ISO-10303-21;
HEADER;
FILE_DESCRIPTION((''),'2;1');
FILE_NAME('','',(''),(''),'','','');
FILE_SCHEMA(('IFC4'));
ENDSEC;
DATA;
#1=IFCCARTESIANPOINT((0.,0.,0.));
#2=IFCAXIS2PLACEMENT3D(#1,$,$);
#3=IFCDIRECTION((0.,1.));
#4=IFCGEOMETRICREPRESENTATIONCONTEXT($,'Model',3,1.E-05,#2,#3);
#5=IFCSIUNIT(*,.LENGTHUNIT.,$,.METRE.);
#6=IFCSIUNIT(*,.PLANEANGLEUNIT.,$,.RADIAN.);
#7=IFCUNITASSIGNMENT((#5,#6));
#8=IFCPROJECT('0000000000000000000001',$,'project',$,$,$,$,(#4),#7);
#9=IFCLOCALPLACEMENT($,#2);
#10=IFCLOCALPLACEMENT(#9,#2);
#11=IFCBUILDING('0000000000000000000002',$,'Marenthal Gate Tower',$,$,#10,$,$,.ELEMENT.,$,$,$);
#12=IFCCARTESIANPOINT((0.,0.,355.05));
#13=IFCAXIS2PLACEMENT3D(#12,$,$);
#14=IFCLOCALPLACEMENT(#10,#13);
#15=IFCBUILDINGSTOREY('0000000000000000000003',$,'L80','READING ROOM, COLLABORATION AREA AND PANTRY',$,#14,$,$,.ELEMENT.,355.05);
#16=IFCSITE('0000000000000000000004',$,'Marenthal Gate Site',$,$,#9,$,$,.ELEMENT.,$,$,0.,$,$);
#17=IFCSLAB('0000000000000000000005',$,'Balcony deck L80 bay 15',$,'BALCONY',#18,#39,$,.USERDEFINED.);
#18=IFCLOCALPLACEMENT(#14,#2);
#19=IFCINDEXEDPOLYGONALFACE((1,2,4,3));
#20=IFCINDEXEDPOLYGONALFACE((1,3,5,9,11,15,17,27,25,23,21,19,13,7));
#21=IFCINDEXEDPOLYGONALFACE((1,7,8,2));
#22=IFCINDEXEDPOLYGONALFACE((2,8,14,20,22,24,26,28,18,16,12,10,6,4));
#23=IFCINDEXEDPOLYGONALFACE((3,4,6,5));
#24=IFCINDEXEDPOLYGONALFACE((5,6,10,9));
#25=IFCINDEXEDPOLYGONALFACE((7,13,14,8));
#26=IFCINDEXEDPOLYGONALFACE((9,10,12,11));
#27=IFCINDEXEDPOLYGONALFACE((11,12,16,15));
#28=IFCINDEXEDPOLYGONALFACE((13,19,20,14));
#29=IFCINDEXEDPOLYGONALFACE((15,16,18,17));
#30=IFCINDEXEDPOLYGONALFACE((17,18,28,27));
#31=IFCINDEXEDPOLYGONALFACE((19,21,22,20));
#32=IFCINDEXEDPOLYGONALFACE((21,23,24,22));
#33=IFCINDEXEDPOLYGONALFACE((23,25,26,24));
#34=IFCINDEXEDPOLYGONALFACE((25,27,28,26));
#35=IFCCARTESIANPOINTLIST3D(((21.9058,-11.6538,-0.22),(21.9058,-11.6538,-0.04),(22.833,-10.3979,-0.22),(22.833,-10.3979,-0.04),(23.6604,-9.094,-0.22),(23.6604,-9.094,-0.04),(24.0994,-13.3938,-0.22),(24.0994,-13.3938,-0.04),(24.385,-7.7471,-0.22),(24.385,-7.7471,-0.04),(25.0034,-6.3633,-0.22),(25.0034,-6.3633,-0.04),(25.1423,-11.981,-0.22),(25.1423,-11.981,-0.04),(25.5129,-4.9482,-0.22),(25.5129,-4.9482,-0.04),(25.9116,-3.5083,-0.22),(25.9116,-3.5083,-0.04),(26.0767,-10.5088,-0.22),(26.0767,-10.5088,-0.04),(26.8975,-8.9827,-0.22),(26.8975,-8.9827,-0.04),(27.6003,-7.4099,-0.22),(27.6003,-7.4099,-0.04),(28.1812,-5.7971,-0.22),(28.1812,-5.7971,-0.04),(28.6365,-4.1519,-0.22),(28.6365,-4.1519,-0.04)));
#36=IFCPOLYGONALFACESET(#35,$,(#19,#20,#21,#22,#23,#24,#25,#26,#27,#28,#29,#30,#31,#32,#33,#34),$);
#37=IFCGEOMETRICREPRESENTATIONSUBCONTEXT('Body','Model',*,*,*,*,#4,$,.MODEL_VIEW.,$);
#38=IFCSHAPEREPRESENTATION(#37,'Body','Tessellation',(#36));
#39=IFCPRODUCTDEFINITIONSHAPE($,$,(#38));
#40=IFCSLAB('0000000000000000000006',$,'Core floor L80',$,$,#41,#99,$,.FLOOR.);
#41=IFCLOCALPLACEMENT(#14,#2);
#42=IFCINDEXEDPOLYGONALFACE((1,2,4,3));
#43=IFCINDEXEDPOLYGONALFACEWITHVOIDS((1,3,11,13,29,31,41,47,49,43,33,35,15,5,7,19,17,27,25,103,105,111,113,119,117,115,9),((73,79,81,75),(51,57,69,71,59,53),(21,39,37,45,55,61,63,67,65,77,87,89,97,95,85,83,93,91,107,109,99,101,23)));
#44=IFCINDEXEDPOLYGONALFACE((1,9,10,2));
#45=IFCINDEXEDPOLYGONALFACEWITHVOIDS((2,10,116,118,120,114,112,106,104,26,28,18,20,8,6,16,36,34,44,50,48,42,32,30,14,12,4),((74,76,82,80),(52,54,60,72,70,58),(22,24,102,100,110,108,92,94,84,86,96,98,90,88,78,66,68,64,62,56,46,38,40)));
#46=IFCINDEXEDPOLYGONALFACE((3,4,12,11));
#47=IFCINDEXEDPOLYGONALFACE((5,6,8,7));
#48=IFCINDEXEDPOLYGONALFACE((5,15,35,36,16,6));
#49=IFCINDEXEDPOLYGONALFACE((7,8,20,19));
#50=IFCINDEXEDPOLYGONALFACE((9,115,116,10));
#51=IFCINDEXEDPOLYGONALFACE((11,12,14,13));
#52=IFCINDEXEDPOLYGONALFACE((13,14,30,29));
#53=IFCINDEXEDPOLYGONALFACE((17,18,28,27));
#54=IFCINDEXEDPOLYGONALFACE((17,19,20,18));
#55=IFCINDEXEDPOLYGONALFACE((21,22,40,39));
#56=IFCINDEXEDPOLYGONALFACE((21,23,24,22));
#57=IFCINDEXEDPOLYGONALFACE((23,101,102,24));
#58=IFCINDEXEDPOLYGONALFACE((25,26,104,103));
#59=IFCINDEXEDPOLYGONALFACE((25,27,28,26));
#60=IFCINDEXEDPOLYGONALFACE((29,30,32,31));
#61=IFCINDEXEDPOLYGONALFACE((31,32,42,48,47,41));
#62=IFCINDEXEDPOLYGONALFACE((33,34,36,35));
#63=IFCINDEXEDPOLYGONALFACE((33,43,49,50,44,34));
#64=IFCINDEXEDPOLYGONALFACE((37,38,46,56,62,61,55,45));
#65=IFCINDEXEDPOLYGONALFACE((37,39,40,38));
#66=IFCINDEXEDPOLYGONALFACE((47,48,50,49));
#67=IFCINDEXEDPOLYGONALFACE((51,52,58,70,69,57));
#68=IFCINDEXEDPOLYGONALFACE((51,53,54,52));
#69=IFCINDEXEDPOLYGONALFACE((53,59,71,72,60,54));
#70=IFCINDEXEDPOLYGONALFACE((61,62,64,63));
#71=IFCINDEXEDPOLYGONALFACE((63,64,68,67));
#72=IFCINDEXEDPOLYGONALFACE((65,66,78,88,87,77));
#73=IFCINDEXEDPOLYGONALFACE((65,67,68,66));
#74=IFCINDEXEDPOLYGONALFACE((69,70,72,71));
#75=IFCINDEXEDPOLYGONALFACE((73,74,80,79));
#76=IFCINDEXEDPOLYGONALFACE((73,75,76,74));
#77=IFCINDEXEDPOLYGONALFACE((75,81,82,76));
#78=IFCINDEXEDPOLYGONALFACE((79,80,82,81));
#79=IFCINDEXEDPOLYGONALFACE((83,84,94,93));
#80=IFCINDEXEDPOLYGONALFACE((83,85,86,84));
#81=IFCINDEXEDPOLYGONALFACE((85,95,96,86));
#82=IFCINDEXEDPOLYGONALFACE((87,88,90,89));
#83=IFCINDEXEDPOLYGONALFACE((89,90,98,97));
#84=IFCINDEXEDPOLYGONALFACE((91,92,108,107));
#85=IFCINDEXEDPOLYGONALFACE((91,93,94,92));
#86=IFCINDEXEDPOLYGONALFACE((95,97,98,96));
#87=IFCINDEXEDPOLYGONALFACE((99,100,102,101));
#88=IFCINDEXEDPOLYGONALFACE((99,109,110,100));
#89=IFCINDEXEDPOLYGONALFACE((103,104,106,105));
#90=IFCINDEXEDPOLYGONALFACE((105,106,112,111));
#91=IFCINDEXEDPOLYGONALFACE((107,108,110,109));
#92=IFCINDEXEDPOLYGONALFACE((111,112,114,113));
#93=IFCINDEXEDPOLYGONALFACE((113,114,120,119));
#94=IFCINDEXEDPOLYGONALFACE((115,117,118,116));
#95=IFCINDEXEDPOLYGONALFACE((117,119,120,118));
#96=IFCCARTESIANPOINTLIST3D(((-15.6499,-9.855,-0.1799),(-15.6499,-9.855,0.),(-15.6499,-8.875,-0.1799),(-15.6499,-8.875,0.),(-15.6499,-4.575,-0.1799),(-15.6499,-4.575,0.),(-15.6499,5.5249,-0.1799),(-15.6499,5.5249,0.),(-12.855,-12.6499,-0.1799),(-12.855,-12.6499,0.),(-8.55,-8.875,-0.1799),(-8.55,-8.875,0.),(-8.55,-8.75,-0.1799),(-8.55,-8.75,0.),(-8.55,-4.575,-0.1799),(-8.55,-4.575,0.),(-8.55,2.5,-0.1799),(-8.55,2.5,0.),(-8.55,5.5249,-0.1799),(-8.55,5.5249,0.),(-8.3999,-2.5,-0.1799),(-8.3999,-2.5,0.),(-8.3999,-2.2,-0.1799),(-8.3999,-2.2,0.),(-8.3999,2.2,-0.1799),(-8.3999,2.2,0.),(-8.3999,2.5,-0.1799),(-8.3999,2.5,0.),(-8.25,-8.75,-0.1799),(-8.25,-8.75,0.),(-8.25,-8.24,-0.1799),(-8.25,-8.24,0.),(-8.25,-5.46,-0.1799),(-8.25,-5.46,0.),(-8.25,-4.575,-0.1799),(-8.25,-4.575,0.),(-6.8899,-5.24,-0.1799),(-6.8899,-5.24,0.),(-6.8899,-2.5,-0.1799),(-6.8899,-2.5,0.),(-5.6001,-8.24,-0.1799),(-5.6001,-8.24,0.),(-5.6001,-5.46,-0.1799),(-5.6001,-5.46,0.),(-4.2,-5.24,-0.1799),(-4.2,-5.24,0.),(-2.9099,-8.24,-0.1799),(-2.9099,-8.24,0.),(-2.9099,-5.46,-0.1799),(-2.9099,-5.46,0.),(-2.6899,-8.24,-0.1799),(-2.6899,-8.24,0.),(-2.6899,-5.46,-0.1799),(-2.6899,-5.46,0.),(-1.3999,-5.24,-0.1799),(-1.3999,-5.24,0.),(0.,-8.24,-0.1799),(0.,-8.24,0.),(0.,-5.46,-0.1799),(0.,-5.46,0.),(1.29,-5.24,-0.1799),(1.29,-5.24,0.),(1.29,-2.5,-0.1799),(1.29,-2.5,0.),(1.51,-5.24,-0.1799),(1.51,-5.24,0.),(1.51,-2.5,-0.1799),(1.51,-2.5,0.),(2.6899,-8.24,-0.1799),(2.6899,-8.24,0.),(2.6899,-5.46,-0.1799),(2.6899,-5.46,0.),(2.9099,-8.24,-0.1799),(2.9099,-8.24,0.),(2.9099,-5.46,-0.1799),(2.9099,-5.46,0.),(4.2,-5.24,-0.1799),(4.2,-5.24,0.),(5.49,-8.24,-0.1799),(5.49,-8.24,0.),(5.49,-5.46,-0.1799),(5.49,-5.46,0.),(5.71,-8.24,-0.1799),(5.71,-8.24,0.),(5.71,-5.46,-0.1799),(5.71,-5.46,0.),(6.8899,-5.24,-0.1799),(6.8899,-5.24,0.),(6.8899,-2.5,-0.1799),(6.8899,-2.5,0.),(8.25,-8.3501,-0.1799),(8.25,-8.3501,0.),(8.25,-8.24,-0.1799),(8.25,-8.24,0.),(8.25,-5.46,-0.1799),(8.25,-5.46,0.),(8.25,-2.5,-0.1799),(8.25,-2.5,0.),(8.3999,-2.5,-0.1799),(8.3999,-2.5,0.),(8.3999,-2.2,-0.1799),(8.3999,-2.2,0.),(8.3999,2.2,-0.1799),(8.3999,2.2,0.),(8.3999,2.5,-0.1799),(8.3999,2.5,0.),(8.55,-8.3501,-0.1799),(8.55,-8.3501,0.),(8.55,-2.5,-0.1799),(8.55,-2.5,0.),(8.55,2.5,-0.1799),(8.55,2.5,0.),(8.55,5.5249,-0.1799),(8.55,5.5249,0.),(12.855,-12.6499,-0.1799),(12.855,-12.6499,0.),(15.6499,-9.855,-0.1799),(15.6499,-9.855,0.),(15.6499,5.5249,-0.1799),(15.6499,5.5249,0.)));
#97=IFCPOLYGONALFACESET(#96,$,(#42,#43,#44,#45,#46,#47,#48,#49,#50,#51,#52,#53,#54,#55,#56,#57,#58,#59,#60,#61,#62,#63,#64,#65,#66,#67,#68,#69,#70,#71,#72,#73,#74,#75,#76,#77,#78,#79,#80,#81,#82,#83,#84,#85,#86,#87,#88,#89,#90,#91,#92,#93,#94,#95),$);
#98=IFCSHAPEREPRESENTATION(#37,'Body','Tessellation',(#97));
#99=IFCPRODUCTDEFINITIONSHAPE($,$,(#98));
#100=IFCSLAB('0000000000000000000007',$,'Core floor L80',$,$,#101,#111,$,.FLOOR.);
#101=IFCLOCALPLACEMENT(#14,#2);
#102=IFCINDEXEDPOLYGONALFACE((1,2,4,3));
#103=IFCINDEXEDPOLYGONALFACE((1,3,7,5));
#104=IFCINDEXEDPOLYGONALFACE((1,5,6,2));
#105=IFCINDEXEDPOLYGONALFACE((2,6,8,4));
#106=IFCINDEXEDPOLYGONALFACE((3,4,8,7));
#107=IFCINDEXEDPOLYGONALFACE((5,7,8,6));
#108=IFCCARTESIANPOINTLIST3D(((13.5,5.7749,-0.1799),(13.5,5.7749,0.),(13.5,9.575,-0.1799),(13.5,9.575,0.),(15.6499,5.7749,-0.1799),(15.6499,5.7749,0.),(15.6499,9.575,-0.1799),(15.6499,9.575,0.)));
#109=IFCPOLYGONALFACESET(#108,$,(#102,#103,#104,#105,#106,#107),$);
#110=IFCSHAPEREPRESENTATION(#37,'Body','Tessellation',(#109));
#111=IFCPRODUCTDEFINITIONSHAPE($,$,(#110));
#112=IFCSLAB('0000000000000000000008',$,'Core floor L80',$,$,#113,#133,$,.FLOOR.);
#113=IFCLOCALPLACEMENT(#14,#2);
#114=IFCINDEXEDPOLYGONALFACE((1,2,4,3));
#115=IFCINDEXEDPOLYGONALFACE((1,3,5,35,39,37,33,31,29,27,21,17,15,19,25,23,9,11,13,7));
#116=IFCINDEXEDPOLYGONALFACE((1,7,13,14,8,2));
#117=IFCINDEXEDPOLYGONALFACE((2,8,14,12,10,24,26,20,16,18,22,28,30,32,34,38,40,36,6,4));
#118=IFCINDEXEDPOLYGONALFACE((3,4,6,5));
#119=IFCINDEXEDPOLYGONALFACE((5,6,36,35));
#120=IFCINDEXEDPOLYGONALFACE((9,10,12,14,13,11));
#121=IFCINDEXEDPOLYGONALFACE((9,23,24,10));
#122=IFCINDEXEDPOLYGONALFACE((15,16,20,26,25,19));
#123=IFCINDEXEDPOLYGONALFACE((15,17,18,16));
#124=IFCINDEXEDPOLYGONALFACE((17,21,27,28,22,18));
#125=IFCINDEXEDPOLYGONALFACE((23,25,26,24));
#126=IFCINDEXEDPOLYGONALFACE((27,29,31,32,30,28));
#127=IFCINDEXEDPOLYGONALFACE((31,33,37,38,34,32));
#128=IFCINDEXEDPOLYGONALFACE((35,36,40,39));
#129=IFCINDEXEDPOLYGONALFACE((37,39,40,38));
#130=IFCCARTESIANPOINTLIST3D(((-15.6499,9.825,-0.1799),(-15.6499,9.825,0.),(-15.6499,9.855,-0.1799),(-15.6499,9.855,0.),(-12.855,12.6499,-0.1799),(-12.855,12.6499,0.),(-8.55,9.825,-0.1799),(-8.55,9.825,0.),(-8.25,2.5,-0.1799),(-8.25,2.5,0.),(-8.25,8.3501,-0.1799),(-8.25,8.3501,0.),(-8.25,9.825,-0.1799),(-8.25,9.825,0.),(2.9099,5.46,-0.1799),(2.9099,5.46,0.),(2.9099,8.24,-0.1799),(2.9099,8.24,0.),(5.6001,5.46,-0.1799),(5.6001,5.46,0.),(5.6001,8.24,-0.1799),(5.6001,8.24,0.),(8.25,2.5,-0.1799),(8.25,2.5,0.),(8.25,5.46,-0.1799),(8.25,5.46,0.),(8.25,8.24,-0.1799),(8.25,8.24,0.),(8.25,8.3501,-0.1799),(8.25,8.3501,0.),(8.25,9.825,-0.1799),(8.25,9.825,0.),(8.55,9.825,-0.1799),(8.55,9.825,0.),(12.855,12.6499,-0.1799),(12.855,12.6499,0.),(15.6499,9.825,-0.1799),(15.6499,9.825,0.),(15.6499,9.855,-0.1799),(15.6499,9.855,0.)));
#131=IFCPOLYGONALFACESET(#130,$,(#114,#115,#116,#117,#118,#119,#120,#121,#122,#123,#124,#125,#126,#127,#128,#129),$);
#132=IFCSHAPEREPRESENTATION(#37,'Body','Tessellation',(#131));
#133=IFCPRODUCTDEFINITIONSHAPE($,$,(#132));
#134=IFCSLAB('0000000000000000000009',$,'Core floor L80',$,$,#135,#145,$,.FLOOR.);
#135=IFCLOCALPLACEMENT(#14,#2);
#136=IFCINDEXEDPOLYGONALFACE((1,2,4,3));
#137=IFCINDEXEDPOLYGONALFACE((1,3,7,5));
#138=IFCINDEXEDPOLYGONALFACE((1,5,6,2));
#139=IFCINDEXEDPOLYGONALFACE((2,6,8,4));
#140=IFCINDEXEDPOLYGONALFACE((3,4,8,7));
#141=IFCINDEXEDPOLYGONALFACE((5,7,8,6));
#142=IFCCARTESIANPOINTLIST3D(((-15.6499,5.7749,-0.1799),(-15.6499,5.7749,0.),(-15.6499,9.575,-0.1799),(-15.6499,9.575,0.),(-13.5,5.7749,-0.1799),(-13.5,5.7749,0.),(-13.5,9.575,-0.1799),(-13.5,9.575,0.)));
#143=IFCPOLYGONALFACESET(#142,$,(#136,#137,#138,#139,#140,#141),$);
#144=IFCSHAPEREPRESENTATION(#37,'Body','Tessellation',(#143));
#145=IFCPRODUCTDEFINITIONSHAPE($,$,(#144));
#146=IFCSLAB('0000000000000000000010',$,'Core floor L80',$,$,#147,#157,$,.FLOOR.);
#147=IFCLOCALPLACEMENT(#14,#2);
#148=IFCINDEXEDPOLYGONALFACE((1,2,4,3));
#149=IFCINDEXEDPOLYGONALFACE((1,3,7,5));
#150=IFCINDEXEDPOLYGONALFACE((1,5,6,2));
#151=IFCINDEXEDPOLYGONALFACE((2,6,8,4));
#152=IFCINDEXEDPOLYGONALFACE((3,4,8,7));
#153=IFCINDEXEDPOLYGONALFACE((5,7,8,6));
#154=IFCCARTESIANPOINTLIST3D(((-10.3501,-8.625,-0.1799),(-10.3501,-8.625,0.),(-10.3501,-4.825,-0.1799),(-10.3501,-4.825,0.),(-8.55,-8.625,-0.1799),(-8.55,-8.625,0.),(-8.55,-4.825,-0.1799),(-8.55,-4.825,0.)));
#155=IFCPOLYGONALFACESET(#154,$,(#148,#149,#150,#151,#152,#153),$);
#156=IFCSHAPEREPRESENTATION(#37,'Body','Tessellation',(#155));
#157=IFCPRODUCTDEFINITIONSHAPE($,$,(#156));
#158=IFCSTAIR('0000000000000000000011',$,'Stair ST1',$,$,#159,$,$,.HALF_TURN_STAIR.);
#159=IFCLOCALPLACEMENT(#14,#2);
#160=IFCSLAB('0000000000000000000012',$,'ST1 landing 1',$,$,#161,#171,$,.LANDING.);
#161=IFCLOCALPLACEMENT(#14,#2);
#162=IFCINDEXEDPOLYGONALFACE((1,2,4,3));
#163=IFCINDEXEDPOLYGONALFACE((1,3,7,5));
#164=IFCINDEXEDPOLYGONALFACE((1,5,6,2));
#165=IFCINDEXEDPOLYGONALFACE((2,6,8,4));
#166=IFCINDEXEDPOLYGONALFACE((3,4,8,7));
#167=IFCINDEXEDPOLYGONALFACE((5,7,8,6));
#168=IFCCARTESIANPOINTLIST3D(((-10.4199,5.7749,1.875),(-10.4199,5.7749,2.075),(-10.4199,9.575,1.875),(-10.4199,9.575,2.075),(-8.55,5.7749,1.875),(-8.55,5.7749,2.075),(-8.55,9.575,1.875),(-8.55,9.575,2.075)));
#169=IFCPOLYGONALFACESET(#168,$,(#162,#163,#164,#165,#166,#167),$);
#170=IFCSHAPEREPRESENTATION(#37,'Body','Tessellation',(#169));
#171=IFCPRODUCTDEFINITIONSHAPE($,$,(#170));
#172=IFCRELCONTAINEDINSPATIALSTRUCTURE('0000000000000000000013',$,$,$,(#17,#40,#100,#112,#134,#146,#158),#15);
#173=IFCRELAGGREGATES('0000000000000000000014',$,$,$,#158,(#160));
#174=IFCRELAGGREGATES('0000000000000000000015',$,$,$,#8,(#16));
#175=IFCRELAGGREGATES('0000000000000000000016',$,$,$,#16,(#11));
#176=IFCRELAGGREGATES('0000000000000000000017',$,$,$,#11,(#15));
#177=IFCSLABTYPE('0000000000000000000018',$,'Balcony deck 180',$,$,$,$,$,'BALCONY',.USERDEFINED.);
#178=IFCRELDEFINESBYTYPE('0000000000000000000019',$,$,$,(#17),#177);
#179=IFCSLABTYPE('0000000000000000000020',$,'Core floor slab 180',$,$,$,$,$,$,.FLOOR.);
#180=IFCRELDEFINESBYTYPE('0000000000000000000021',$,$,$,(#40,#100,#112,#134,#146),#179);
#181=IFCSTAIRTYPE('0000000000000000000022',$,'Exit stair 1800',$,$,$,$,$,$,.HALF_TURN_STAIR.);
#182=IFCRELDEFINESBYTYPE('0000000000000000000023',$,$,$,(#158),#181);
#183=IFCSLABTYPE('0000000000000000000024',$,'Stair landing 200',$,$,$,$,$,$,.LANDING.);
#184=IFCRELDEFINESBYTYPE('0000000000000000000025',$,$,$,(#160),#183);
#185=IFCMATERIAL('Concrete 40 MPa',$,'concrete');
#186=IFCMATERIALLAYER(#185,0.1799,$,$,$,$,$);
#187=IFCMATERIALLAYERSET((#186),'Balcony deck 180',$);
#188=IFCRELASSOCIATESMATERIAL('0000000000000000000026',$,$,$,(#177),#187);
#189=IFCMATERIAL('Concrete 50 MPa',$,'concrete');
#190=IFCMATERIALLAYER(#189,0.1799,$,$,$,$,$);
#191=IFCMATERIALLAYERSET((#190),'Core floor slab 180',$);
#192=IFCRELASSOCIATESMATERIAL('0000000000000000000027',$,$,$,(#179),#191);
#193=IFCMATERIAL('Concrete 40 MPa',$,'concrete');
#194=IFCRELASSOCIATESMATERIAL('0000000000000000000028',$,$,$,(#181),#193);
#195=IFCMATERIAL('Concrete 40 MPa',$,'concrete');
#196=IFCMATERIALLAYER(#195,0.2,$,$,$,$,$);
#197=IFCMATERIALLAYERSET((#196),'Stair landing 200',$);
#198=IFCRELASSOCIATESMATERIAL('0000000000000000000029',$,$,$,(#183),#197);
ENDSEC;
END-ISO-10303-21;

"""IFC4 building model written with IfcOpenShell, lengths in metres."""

from ifc_helpers import new_model, si_unit, direction, frame, origin, place, context, subcontext, project, spatial, polyline, outline, extrude, material, layer, layer_set, type_object, element, aggregate, save


model = new_model("IFC4")

# Units and contexts
model_context = context("Model", 3, precision=1e-05, world=origin(), true_north=direction((0.0, 1.0)))
body_context = subcontext(model_context, "Body", "Model", "MODEL_VIEW")
ifc_project = project(units=[si_unit("LENGTHUNIT", "METRE"), si_unit("PLANEANGLEUNIT", "RADIAN")], contexts=[model_context])

# Site, building, storey
site_placement = place(None, origin())
site = spatial("IfcSite", under=ifc_project, at=site_placement, Name="Marenthal Gate Site", CompositionType="ELEMENT", RefElevation=0.0)
building_placement = place(site_placement, origin())
building = spatial("IfcBuilding", under=site, at=building_placement, Name="Marenthal Gate Tower", CompositionType="ELEMENT")
storey_placement = place(building_placement, frame((0.0, 0.0, 355.05)))
storey = spatial("IfcBuildingStorey", under=building, at=storey_placement, Name="L80", Description="READING ROOM, COLLABORATION AREA AND PANTRY", CompositionType="ELEMENT", Elevation=355.05)

# Slabs
ifc_material_1 = material(Name="Concrete 40 MPa", Category="concrete")
ifc_layer_1 = layer(ifc_material_1, 0.1799)
ifc_layer_set_1 = layer_set([ifc_layer_1], Name="Balcony deck 180")
slab_type_1 = type_object("IfcSlabType", Name="Balcony deck 180", ElementType="BALCONY", PredefinedType="USERDEFINED", material=ifc_layer_set_1)
slab_1_placement = place(storey_placement, frame((0.0, 0.0, -0.22)))
element("IfcSlab", 1, at=slab_1_placement, inside=storey, type_object=slab_type_1, Name="Balcony deck L80 bay 15", ObjectType="BALCONY", PredefinedType="USERDEFINED", context=body_context, shape_type="SweptSolid", body=[
    extrude(outline(polyline([(21.9058, -11.6538), (22.833, -10.3979), (23.6604, -9.094), (24.385, -7.7471), (25.0034, -6.3633), (25.5129, -4.9482), (25.9116, -3.5083), (28.6365, -4.1519), (28.1812, -5.7971), (27.6003, -7.4099), (26.8975, -8.9827), (26.0767, -10.5088), (25.1423, -11.981), (24.0994, -13.3938), (21.9058, -11.6538)])), origin(), (0.0, 0.0, 1.0), 0.1799),
])
ifc_material_2 = material(Name="Concrete 50 MPa", Category="concrete")
ifc_layer_2 = layer(ifc_material_2, 0.1799)
ifc_layer_set_2 = layer_set([ifc_layer_2], Name="Core floor slab 180")
slab_type_2 = type_object("IfcSlabType", Name="Core floor slab 180", PredefinedType="FLOOR", material=ifc_layer_set_2)
slab_2_placement = place(storey_placement, frame((0.0, 0.0, -0.1799)))
element("IfcSlab", 2, at=slab_2_placement, inside=storey, type_object=slab_type_2, Name="Core floor L80", PredefinedType="FLOOR", context=body_context, shape_type="SweptSolid", body=[
    extrude(outline(polyline([(12.855, -12.6499), (-12.855, -12.6499), (-15.6499, -9.855), (-15.6499, -8.875), (-8.55, -8.875), (-8.55, -8.75), (-8.25, -8.75), (-8.25, -8.24), (-5.6001, -8.24), (-2.9099, -8.24), (-2.9099, -5.46), (-5.6001, -5.46), (-8.25, -5.46), (-8.25, -4.575), (-8.55, -4.575), (-15.6499, -4.575), (-15.6499, 5.5249), (-8.55, 5.5249), (-8.55, 2.5), (-8.3999, 2.5), (-8.3999, 2.2), (8.3999, 2.2), (8.3999, 2.5), (8.55, 2.5), (8.55, 5.5249), (15.6499, 5.5249), (15.6499, -9.855), (12.855, -12.6499)]), holes=[polyline([(0.0, -8.24), (2.6899, -8.24), (2.6899, -5.46), (0.0, -5.46), (-2.6899, -5.46), (-2.6899, -8.24), (0.0, -8.24)]), polyline([(1.29, -5.24), (1.29, -2.5), (1.51, -2.5), (1.51, -5.24), (4.2, -5.24), (6.8899, -5.24), (6.8899, -2.5), (8.25, -2.5), (8.25, -5.46), (5.71, -5.46), (5.71, -8.24), (8.25, -8.24), (8.25, -8.3501), (8.55, -8.3501), (8.55, -2.5), (8.3999, -2.5), (8.3999, -2.2), (-8.3999, -2.2), (-8.3999, -2.5), (-6.8899, -2.5), (-6.8899, -5.24), (-4.2, -5.24), (-1.3999, -5.24), (1.29, -5.24)]), polyline([(5.49, -5.46), (2.9099, -5.46), (2.9099, -8.24), (5.49, -8.24), (5.49, -5.46)])]), origin(), (0.0, 0.0, 1.0), 0.1799),
])
slab_3_placement = place(storey_placement, frame((0.0, 0.0, -0.1799)))
element("IfcSlab", 3, at=slab_3_placement, inside=storey, type_object=slab_type_2, Name="Core floor L80", PredefinedType="FLOOR", context=body_context, shape_type="SweptSolid", body=[
    extrude(outline(polyline([(15.6499, 5.7749), (13.5, 5.7749), (13.5, 9.575), (15.6499, 9.575), (15.6499, 5.7749)])), origin(), (0.0, 0.0, 1.0), 0.1799),
])
slab_4_placement = place(storey_placement, frame((0.0, 0.0, -0.1799)))
element("IfcSlab", 4, at=slab_4_placement, inside=storey, type_object=slab_type_2, Name="Core floor L80", PredefinedType="FLOOR", context=body_context, shape_type="SweptSolid", body=[
    extrude(outline(polyline([(15.6499, 9.825), (8.55, 9.825), (8.25, 9.825), (8.25, 8.3501), (8.25, 8.24), (5.6001, 8.24), (2.9099, 8.24), (2.9099, 5.46), (5.6001, 5.46), (8.25, 5.46), (8.25, 2.5), (-8.25, 2.5), (-8.25, 8.3501), (-8.25, 9.825), (-8.55, 9.825), (-15.6499, 9.825), (-15.6499, 9.855), (-12.855, 12.6499), (12.855, 12.6499), (15.6499, 9.855), (15.6499, 9.825)])), origin(), (0.0, 0.0, 1.0), 0.1799),
])
slab_5_placement = place(storey_placement, frame((0.0, 0.0, -0.1799)))
element("IfcSlab", 5, at=slab_5_placement, inside=storey, type_object=slab_type_2, Name="Core floor L80", PredefinedType="FLOOR", context=body_context, shape_type="SweptSolid", body=[
    extrude(outline(polyline([(-15.6499, 9.575), (-13.5, 9.575), (-13.5, 5.7749), (-15.6499, 5.7749), (-15.6499, 9.575)])), origin(), (0.0, 0.0, 1.0), 0.1799),
])
slab_6_placement = place(storey_placement, frame((0.0, 0.0, -0.1799)))
element("IfcSlab", 6, at=slab_6_placement, inside=storey, type_object=slab_type_2, Name="Core floor L80", PredefinedType="FLOOR", context=body_context, shape_type="SweptSolid", body=[
    extrude(outline(polyline([(-8.55, -4.825), (-8.55, -8.625), (-10.3501, -8.625), (-10.3501, -4.825), (-8.55, -4.825)])), origin(), (0.0, 0.0, 1.0), 0.1799),
])

# Stair, slab
ifc_material_3 = material(Name="Concrete 40 MPa", Category="concrete")
stair_type = type_object("IfcStairType", Name="Exit stair 1800", PredefinedType="HALF_TURN_STAIR", material=ifc_material_3)
stair_1_placement = place(storey_placement, origin())
stair_1 = element("IfcStair", 7, at=stair_1_placement, inside=storey, type_object=stair_type, Name="Stair ST1", PredefinedType="HALF_TURN_STAIR")
ifc_material_4 = material(Name="Concrete 40 MPa", Category="concrete")
ifc_layer_3 = layer(ifc_material_4, 0.2)
ifc_layer_set_3 = layer_set([ifc_layer_3], Name="Stair landing 200")
slab_type_3 = type_object("IfcSlabType", Name="Stair landing 200", PredefinedType="LANDING", material=ifc_layer_set_3)
slab_7_placement = place(storey_placement, frame((0.0, 0.0, 1.875)))
slab_7 = element("IfcSlab", 8, at=slab_7_placement, type_object=slab_type_3, Name="ST1 landing 1", PredefinedType="LANDING", context=body_context, shape_type="SweptSolid", body=[
    extrude(outline(polyline([(-10.4199, 5.7749), (-8.55, 5.7749), (-8.55, 9.575), (-10.4199, 9.575), (-10.4199, 5.7749)])), origin(), (0.0, 0.0, 1.0), 0.2),
])
aggregate(stair_1, [slab_7])

save(model, "model.ifc")
